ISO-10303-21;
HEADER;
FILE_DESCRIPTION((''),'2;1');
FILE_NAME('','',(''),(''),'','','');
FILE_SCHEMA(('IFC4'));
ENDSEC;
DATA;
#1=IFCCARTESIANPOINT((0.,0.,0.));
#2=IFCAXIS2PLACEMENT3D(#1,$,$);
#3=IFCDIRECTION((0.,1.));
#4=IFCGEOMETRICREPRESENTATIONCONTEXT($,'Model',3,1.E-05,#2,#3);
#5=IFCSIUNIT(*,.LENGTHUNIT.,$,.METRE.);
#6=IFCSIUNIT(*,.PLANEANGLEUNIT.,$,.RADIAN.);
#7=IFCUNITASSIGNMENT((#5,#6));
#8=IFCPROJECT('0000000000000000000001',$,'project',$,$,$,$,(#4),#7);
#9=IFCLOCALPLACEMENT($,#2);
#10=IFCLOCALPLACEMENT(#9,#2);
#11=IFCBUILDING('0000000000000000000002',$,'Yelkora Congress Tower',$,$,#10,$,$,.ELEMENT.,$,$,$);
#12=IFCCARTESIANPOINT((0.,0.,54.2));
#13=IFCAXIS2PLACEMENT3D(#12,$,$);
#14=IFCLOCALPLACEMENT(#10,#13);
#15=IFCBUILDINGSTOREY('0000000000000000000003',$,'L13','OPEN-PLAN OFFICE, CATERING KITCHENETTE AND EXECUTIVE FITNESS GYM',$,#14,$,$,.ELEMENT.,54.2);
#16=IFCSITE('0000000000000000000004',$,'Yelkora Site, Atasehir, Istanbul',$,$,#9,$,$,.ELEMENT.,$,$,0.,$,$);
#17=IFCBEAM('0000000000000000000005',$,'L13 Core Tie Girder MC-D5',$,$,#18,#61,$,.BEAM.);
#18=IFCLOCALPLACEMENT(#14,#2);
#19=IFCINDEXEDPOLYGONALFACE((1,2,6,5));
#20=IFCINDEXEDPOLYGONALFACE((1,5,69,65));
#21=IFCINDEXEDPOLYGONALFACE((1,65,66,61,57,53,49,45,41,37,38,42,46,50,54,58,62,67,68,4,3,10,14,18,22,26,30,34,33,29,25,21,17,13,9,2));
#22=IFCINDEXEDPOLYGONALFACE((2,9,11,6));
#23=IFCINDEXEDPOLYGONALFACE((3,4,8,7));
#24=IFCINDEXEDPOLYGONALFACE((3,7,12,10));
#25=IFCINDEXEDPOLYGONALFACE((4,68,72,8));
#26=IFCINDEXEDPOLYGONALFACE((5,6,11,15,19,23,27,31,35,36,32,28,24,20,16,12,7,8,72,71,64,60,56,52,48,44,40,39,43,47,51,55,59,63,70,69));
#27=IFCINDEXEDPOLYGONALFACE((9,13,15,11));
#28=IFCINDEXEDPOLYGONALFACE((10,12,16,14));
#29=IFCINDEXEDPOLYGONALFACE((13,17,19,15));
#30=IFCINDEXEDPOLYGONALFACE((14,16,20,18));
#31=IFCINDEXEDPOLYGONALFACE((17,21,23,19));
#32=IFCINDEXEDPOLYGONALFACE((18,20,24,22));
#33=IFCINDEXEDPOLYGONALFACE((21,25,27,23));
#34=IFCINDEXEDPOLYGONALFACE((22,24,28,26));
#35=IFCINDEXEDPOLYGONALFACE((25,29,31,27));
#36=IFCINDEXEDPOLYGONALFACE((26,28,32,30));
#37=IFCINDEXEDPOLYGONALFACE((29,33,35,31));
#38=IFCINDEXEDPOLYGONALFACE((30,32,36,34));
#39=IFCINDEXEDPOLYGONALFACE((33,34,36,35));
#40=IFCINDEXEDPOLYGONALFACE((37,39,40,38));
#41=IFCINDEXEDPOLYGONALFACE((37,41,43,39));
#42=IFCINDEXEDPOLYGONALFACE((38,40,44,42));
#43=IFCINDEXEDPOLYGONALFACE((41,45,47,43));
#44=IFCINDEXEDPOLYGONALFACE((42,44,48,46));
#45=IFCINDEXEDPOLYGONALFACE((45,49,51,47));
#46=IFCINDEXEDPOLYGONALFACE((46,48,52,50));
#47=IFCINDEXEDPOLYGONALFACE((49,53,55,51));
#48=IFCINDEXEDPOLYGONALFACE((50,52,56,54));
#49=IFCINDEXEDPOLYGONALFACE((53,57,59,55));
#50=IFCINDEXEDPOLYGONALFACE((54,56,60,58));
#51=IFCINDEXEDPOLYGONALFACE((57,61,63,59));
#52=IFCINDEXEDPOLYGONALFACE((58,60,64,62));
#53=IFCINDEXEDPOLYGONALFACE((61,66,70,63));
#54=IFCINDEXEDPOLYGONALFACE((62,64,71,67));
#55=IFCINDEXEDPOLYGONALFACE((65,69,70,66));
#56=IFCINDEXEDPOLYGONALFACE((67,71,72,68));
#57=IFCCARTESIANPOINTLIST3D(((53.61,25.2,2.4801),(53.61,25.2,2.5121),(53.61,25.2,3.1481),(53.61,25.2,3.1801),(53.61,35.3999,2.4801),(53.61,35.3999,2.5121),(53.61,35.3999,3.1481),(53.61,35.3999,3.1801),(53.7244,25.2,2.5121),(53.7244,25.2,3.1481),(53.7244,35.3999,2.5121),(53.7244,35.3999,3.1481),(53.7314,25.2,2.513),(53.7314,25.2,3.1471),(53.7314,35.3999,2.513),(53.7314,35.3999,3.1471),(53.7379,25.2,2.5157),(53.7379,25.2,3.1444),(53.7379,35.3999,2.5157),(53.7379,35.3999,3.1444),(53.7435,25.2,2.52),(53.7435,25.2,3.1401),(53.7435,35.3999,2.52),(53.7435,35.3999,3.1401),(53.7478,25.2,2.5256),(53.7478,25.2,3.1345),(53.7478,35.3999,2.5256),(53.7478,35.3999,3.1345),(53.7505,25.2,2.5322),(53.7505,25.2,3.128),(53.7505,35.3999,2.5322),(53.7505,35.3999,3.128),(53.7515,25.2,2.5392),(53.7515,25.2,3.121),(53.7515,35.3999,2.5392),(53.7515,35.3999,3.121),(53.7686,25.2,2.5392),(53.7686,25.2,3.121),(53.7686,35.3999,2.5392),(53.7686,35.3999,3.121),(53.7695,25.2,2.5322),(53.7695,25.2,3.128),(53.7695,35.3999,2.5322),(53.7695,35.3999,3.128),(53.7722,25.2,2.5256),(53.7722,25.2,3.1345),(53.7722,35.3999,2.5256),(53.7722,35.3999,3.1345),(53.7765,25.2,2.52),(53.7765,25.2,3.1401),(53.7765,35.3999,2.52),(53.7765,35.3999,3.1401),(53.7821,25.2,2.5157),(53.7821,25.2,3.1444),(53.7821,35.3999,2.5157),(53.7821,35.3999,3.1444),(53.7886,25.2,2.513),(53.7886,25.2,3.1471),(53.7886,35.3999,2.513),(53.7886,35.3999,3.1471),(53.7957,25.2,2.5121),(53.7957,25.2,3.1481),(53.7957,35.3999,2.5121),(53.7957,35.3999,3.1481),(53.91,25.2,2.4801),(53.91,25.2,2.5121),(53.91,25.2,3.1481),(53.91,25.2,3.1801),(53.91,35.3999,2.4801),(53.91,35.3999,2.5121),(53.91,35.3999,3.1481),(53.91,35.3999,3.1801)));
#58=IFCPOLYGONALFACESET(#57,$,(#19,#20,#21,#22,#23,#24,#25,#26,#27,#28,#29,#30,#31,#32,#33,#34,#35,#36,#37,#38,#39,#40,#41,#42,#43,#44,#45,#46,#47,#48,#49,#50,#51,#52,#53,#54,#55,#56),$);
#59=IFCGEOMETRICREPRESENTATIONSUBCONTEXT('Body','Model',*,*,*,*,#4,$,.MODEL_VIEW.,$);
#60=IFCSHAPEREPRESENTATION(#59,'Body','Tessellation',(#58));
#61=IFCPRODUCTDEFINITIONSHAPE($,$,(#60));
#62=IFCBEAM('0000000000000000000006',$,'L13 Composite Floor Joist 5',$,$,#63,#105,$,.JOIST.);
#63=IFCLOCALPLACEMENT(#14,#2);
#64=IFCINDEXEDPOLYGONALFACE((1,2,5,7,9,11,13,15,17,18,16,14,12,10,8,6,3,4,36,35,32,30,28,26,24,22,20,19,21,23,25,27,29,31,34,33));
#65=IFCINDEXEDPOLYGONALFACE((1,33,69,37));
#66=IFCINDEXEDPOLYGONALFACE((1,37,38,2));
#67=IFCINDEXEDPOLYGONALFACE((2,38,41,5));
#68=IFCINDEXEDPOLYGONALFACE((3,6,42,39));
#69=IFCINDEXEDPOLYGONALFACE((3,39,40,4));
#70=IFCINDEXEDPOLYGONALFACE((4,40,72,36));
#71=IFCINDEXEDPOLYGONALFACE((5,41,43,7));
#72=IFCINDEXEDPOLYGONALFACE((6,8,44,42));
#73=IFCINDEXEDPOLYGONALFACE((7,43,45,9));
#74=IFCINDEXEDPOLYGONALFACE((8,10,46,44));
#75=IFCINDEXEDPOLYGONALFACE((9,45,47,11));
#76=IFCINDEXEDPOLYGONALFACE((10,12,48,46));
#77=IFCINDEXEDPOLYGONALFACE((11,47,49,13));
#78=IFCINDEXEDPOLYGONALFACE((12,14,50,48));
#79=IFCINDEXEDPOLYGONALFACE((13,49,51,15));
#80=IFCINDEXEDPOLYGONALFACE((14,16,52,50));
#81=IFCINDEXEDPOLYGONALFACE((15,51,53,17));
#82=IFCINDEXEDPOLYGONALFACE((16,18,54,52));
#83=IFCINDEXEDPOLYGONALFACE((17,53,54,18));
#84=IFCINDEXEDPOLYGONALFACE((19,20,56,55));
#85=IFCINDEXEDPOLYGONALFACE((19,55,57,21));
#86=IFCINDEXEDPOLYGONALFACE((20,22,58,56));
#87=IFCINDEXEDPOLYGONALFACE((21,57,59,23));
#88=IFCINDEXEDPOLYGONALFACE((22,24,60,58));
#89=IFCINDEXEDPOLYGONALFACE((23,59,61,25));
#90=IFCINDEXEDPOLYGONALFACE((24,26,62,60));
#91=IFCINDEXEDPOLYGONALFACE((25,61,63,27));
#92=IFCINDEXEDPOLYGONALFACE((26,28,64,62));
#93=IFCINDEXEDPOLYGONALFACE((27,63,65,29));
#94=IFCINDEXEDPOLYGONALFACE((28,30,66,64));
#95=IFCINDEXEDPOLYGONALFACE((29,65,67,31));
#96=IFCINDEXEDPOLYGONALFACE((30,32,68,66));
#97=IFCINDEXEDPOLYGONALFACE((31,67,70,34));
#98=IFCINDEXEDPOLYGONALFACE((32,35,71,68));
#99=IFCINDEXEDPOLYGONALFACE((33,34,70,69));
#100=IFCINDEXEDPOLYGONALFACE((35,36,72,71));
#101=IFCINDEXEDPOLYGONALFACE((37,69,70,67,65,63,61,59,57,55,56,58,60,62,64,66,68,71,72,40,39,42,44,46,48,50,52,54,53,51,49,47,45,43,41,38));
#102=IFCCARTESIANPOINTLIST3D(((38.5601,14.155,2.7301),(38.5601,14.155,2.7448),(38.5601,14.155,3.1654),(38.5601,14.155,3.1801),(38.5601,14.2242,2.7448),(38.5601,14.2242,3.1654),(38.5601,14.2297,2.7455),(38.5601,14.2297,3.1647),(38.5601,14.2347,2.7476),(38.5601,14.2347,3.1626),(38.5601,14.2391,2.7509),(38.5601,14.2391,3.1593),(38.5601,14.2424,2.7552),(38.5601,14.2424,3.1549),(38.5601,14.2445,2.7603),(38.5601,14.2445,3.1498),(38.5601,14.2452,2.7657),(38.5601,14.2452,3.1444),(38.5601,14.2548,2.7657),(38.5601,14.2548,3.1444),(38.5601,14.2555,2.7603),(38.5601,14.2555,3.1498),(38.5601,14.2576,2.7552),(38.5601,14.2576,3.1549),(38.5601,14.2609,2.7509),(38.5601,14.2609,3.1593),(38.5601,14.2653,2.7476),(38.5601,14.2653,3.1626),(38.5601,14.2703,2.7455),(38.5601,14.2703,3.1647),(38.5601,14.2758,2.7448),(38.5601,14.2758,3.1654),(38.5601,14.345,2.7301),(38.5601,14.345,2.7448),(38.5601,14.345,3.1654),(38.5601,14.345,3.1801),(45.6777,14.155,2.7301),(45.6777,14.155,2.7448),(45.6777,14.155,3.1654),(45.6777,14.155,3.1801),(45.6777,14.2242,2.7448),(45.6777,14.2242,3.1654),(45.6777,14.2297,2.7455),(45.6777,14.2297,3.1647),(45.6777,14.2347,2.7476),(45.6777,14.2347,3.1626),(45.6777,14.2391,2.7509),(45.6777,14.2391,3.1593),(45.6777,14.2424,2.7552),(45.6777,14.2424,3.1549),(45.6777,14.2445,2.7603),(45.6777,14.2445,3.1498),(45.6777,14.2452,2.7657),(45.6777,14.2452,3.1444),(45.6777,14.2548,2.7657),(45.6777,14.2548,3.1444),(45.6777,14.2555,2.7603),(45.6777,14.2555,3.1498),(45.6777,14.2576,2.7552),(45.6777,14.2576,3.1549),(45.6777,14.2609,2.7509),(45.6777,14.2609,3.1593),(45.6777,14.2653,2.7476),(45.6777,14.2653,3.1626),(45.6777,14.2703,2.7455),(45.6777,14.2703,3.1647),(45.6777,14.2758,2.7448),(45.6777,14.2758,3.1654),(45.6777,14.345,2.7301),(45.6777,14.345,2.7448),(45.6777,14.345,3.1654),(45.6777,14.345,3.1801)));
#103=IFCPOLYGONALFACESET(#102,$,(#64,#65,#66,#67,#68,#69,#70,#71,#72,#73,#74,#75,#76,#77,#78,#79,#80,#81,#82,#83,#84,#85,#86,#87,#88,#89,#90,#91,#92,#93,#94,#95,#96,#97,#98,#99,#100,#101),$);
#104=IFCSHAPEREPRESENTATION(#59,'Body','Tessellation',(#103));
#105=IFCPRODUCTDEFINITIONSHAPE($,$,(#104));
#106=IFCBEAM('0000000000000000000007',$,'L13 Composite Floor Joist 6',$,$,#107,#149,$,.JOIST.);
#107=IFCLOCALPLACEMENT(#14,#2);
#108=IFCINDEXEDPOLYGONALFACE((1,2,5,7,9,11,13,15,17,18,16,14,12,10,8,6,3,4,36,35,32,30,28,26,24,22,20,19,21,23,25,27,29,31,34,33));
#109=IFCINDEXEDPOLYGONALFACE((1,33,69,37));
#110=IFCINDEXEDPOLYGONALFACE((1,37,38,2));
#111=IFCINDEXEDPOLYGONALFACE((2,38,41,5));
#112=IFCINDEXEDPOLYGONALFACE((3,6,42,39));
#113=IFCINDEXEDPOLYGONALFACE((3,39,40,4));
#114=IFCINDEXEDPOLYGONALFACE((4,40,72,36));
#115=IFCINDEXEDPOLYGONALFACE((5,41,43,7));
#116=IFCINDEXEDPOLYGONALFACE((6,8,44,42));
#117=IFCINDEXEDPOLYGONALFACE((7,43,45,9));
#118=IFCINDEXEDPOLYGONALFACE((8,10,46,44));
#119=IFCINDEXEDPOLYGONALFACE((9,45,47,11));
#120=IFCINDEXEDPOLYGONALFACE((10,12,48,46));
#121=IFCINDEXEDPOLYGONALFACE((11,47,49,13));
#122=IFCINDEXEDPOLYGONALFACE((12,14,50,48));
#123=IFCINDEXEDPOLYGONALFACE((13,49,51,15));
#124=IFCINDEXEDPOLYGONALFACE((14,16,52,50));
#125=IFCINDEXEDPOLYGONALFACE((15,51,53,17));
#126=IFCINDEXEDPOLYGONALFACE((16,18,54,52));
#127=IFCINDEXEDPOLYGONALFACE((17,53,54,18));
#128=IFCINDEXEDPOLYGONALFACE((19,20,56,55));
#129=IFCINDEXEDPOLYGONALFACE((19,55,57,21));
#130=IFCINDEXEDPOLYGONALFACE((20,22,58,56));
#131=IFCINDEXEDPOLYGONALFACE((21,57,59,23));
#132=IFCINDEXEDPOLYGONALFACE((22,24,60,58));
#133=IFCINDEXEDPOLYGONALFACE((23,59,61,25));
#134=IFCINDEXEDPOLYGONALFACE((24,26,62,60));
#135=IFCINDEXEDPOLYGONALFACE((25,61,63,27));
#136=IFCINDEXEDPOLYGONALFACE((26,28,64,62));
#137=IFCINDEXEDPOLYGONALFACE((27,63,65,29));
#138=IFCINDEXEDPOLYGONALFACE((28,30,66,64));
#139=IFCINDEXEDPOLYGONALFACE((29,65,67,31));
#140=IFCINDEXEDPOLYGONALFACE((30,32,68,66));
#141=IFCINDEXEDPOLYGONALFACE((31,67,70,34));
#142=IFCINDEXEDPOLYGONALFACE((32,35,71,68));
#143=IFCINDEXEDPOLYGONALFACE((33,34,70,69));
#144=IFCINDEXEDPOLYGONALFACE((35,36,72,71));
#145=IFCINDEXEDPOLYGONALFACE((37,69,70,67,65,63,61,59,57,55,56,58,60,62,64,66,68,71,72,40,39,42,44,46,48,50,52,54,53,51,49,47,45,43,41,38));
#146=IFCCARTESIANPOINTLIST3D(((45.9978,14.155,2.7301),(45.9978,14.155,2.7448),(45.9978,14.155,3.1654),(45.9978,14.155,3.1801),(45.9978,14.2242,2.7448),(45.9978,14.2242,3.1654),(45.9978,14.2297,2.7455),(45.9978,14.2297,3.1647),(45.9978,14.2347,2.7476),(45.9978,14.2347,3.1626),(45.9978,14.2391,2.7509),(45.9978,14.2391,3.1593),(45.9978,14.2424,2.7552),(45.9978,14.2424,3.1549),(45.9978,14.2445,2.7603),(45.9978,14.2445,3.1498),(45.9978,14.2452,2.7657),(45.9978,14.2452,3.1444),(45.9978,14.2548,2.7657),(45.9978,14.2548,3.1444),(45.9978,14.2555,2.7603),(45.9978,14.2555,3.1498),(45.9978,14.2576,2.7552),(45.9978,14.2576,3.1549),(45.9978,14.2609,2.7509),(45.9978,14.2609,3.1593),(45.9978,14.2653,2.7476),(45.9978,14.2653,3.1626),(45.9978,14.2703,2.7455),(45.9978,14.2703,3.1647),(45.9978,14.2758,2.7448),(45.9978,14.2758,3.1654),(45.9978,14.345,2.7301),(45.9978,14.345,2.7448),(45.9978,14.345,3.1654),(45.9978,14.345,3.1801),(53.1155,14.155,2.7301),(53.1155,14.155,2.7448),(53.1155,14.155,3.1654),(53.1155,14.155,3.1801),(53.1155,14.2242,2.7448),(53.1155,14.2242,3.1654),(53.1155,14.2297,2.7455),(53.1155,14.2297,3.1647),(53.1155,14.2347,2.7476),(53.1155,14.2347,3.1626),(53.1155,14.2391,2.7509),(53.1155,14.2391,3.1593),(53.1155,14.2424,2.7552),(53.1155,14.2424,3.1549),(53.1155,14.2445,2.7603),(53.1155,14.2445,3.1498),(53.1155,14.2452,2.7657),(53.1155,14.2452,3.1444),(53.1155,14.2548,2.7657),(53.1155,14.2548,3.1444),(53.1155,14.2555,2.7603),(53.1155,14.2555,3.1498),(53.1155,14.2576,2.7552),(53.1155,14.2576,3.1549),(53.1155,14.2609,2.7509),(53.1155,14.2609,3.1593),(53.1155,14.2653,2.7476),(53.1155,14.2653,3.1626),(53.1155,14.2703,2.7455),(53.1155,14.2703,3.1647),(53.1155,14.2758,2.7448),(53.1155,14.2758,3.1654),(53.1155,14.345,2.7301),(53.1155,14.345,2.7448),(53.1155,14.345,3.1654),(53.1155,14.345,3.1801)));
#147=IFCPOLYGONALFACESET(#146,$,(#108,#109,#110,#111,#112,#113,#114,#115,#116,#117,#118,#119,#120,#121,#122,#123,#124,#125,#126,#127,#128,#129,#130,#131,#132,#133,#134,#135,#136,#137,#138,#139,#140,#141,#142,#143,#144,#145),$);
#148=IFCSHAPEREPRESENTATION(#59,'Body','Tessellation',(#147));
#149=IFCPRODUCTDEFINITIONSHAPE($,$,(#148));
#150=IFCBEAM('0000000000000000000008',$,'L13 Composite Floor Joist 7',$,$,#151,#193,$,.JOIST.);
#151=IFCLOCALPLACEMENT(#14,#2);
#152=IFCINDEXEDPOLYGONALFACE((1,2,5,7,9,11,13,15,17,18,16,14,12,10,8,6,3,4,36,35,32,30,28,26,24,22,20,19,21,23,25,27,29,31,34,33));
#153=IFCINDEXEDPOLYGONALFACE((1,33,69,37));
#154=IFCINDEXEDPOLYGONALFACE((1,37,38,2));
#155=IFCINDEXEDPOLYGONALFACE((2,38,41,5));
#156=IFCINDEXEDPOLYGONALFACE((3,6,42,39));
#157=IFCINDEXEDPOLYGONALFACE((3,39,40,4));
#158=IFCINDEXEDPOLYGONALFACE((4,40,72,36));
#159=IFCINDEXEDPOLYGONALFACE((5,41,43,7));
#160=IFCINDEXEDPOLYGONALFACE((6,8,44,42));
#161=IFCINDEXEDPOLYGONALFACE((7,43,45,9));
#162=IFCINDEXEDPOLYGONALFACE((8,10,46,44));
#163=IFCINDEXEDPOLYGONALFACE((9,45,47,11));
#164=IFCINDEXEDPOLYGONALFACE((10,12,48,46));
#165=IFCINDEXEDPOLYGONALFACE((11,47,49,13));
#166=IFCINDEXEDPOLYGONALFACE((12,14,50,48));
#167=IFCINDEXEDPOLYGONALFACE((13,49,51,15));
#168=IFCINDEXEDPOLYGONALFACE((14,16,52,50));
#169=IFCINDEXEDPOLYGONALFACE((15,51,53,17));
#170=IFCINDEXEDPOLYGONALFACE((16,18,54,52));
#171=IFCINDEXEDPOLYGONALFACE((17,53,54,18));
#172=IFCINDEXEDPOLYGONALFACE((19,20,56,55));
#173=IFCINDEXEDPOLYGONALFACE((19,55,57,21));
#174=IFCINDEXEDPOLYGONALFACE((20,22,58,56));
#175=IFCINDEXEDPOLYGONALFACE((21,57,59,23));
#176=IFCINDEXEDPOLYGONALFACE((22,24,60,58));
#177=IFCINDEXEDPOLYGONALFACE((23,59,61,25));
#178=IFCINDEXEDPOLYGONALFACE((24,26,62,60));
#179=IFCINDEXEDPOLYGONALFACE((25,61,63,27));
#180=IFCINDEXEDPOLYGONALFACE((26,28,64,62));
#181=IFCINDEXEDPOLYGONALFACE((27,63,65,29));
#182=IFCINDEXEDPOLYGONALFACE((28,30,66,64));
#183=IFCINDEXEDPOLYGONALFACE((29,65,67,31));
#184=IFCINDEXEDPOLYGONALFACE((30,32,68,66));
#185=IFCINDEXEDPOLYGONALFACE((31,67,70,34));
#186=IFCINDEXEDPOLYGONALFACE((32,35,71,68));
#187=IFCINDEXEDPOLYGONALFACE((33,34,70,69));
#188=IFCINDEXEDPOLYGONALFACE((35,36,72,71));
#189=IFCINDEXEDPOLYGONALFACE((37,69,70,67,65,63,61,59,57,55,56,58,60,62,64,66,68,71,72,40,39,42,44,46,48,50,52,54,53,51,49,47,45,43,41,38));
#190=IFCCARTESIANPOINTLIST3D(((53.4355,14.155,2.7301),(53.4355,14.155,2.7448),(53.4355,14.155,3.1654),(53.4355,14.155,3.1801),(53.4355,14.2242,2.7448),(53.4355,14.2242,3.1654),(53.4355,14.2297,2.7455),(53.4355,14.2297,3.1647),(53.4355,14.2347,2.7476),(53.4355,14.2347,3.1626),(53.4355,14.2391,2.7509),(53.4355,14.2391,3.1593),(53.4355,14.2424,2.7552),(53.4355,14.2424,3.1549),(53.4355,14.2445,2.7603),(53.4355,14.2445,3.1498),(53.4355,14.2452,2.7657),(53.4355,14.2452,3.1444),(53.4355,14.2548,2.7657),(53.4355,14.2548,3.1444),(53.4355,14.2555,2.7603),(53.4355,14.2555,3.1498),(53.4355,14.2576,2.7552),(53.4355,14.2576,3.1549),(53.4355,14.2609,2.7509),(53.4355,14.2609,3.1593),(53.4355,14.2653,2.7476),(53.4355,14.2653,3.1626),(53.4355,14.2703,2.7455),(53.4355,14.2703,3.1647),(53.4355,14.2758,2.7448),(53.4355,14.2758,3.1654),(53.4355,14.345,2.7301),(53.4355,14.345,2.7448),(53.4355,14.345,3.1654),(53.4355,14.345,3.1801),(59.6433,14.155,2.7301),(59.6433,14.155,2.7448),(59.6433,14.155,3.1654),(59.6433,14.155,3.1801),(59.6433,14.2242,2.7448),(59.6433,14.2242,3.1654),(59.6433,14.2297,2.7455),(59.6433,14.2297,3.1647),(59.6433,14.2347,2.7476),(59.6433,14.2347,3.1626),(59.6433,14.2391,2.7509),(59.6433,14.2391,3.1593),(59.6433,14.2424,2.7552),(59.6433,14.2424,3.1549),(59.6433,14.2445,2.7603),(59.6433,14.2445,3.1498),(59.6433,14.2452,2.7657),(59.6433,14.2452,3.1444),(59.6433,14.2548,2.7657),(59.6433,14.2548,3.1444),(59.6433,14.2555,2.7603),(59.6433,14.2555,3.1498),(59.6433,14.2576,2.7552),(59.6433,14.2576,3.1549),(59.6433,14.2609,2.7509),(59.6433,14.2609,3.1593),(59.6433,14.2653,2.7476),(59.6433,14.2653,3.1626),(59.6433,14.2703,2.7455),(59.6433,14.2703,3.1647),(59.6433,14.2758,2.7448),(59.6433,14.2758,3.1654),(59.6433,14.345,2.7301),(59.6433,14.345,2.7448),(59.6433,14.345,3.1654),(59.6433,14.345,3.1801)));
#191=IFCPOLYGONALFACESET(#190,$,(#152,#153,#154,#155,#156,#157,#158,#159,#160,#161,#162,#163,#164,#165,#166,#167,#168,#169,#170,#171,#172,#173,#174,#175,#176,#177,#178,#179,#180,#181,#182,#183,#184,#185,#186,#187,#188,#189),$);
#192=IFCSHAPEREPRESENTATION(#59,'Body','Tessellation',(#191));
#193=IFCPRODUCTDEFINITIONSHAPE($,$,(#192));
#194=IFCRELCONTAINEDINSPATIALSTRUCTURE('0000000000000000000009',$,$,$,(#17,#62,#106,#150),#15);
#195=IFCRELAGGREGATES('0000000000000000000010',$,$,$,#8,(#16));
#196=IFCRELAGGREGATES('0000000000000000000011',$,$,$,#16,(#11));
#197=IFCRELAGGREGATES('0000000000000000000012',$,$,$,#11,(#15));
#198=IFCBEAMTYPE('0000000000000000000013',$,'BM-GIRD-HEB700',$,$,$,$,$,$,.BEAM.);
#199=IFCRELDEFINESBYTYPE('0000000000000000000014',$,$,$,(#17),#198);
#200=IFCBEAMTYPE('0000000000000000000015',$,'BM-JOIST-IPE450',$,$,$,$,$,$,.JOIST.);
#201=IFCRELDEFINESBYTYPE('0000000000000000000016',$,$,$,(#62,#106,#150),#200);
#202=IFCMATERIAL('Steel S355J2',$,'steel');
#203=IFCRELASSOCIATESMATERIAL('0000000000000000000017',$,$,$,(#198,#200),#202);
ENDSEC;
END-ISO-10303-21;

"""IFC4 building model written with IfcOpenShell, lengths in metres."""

from ifc_helpers import new_model, si_unit, direction, frame, origin, origin_2d, place, context, subcontext, project, spatial, i_section, extrude, material, material_profile, profile_set, type_object, element, save


model = new_model("IFC4")

# Units and contexts
model_context = context("Model", 3, precision=1e-05, world=origin(), true_north=direction((0.0, 1.0)))
body_context = subcontext(model_context, "Body", "Model", "MODEL_VIEW")
ifc_project = project(units=[si_unit("LENGTHUNIT", "METRE"), si_unit("PLANEANGLEUNIT", "RADIAN")], contexts=[model_context])

# Site, building, storey
site_placement = place(None, origin())
site = spatial("IfcSite", under=ifc_project, at=site_placement, Name="Yelkora Site, Atasehir, Istanbul", CompositionType="ELEMENT", RefElevation=0.0)
building_placement = place(site_placement, origin())
building = spatial("IfcBuilding", under=site, at=building_placement, Name="Yelkora Congress Tower", CompositionType="ELEMENT")
storey_placement = place(building_placement, frame((0.0, 0.0, 54.2)))
storey = spatial("IfcBuildingStorey", under=building, at=storey_placement, Name="L13", Description="OPEN-PLAN OFFICE, CATERING KITCHENETTE AND EXECUTIVE FITNESS GYM", CompositionType="ELEMENT", Elevation=54.2)

# Beams
ifc_material_1 = material(Name="Steel S355J2", Category="steel")
ifc_material_profile_1 = material_profile(ifc_material_1, i_section(OverallWidth=0.3, OverallDepth=0.7, WebThickness=0.0171, FlangeThickness=0.032, FilletRadius=0.0271, at=origin_2d()), Name="HEB 700")
ifc_profile_set_1 = profile_set([ifc_material_profile_1], Name="Steel S355J2")
beam_type_1 = type_object("IfcBeamType", Name="BM-GIRD-HEB700", PredefinedType="BEAM", material=ifc_profile_set_1)
for number, where, z_axis, x_axis, name in (
    (1, (53.76, 25.2, 2.8301), (0.0, 1.0, 0.0), (-1.0, 0.0, 0.0), "L13 Core Tie Girder MC-D5"),
):
    element("IfcBeam", number, at=place(storey_placement, frame(where, z_axis=z_axis, x_axis=x_axis)), inside=storey, type_object=beam_type_1, Name=name, PredefinedType="BEAM", context=body_context, shape_type="SweptSolid", body=[
        extrude(i_section(OverallWidth=0.3, OverallDepth=0.7, WebThickness=0.0171, FlangeThickness=0.032, FilletRadius=0.0271, at=origin_2d()), origin(), (0.0, 0.0, 1.0), 10.2),
    ])
ifc_material_profile_2 = material_profile(ifc_material_1, i_section(OverallWidth=0.1899, OverallDepth=0.45, WebThickness=0.0095, FlangeThickness=0.0146, FilletRadius=0.021, at=origin_2d()), Name="IPE 450")
ifc_profile_set_2 = profile_set([ifc_material_profile_2], Name="Steel S355J2")
beam_type_2 = type_object("IfcBeamType", Name="BM-JOIST-IPE450", PredefinedType="JOIST", material=ifc_profile_set_2)
for number, where, z_axis, x_axis, name in (
    (2, (38.5601, 14.25, 2.9551), (1.0, 0.0, 0.0), (0.0, 1.0, 0.0), "L13 Composite Floor Joist 5"),
    (3, (45.9978, 14.25, 2.9551), (1.0, 0.0, 0.0), (0.0, 1.0, 0.0), "L13 Composite Floor Joist 6"),
):
    element("IfcBeam", number, at=place(storey_placement, frame(where, z_axis=z_axis, x_axis=x_axis)), inside=storey, type_object=beam_type_2, Name=name, PredefinedType="JOIST", context=body_context, shape_type="SweptSolid", body=[
        extrude(i_section(OverallWidth=0.1899, OverallDepth=0.45, WebThickness=0.0095, FlangeThickness=0.0146, FilletRadius=0.021, at=origin_2d()), origin(), (0.0, 0.0, 1.0), 7.1177),
    ])
beam_1_placement = place(storey_placement, frame((53.4355, 14.25, 2.9551), z_axis=(1.0, 0.0, 0.0), x_axis=(0.0, 1.0, 0.0)))
element("IfcBeam", 4, at=beam_1_placement, inside=storey, type_object=beam_type_2, Name="L13 Composite Floor Joist 7", PredefinedType="JOIST", context=body_context, shape_type="SweptSolid", body=[
    extrude(i_section(OverallWidth=0.1899, OverallDepth=0.45, WebThickness=0.0095, FlangeThickness=0.0146, FilletRadius=0.021, at=origin_2d()), origin(), (0.0, 0.0, 1.0), 6.2078),
])

save(model, "model.ifc")
